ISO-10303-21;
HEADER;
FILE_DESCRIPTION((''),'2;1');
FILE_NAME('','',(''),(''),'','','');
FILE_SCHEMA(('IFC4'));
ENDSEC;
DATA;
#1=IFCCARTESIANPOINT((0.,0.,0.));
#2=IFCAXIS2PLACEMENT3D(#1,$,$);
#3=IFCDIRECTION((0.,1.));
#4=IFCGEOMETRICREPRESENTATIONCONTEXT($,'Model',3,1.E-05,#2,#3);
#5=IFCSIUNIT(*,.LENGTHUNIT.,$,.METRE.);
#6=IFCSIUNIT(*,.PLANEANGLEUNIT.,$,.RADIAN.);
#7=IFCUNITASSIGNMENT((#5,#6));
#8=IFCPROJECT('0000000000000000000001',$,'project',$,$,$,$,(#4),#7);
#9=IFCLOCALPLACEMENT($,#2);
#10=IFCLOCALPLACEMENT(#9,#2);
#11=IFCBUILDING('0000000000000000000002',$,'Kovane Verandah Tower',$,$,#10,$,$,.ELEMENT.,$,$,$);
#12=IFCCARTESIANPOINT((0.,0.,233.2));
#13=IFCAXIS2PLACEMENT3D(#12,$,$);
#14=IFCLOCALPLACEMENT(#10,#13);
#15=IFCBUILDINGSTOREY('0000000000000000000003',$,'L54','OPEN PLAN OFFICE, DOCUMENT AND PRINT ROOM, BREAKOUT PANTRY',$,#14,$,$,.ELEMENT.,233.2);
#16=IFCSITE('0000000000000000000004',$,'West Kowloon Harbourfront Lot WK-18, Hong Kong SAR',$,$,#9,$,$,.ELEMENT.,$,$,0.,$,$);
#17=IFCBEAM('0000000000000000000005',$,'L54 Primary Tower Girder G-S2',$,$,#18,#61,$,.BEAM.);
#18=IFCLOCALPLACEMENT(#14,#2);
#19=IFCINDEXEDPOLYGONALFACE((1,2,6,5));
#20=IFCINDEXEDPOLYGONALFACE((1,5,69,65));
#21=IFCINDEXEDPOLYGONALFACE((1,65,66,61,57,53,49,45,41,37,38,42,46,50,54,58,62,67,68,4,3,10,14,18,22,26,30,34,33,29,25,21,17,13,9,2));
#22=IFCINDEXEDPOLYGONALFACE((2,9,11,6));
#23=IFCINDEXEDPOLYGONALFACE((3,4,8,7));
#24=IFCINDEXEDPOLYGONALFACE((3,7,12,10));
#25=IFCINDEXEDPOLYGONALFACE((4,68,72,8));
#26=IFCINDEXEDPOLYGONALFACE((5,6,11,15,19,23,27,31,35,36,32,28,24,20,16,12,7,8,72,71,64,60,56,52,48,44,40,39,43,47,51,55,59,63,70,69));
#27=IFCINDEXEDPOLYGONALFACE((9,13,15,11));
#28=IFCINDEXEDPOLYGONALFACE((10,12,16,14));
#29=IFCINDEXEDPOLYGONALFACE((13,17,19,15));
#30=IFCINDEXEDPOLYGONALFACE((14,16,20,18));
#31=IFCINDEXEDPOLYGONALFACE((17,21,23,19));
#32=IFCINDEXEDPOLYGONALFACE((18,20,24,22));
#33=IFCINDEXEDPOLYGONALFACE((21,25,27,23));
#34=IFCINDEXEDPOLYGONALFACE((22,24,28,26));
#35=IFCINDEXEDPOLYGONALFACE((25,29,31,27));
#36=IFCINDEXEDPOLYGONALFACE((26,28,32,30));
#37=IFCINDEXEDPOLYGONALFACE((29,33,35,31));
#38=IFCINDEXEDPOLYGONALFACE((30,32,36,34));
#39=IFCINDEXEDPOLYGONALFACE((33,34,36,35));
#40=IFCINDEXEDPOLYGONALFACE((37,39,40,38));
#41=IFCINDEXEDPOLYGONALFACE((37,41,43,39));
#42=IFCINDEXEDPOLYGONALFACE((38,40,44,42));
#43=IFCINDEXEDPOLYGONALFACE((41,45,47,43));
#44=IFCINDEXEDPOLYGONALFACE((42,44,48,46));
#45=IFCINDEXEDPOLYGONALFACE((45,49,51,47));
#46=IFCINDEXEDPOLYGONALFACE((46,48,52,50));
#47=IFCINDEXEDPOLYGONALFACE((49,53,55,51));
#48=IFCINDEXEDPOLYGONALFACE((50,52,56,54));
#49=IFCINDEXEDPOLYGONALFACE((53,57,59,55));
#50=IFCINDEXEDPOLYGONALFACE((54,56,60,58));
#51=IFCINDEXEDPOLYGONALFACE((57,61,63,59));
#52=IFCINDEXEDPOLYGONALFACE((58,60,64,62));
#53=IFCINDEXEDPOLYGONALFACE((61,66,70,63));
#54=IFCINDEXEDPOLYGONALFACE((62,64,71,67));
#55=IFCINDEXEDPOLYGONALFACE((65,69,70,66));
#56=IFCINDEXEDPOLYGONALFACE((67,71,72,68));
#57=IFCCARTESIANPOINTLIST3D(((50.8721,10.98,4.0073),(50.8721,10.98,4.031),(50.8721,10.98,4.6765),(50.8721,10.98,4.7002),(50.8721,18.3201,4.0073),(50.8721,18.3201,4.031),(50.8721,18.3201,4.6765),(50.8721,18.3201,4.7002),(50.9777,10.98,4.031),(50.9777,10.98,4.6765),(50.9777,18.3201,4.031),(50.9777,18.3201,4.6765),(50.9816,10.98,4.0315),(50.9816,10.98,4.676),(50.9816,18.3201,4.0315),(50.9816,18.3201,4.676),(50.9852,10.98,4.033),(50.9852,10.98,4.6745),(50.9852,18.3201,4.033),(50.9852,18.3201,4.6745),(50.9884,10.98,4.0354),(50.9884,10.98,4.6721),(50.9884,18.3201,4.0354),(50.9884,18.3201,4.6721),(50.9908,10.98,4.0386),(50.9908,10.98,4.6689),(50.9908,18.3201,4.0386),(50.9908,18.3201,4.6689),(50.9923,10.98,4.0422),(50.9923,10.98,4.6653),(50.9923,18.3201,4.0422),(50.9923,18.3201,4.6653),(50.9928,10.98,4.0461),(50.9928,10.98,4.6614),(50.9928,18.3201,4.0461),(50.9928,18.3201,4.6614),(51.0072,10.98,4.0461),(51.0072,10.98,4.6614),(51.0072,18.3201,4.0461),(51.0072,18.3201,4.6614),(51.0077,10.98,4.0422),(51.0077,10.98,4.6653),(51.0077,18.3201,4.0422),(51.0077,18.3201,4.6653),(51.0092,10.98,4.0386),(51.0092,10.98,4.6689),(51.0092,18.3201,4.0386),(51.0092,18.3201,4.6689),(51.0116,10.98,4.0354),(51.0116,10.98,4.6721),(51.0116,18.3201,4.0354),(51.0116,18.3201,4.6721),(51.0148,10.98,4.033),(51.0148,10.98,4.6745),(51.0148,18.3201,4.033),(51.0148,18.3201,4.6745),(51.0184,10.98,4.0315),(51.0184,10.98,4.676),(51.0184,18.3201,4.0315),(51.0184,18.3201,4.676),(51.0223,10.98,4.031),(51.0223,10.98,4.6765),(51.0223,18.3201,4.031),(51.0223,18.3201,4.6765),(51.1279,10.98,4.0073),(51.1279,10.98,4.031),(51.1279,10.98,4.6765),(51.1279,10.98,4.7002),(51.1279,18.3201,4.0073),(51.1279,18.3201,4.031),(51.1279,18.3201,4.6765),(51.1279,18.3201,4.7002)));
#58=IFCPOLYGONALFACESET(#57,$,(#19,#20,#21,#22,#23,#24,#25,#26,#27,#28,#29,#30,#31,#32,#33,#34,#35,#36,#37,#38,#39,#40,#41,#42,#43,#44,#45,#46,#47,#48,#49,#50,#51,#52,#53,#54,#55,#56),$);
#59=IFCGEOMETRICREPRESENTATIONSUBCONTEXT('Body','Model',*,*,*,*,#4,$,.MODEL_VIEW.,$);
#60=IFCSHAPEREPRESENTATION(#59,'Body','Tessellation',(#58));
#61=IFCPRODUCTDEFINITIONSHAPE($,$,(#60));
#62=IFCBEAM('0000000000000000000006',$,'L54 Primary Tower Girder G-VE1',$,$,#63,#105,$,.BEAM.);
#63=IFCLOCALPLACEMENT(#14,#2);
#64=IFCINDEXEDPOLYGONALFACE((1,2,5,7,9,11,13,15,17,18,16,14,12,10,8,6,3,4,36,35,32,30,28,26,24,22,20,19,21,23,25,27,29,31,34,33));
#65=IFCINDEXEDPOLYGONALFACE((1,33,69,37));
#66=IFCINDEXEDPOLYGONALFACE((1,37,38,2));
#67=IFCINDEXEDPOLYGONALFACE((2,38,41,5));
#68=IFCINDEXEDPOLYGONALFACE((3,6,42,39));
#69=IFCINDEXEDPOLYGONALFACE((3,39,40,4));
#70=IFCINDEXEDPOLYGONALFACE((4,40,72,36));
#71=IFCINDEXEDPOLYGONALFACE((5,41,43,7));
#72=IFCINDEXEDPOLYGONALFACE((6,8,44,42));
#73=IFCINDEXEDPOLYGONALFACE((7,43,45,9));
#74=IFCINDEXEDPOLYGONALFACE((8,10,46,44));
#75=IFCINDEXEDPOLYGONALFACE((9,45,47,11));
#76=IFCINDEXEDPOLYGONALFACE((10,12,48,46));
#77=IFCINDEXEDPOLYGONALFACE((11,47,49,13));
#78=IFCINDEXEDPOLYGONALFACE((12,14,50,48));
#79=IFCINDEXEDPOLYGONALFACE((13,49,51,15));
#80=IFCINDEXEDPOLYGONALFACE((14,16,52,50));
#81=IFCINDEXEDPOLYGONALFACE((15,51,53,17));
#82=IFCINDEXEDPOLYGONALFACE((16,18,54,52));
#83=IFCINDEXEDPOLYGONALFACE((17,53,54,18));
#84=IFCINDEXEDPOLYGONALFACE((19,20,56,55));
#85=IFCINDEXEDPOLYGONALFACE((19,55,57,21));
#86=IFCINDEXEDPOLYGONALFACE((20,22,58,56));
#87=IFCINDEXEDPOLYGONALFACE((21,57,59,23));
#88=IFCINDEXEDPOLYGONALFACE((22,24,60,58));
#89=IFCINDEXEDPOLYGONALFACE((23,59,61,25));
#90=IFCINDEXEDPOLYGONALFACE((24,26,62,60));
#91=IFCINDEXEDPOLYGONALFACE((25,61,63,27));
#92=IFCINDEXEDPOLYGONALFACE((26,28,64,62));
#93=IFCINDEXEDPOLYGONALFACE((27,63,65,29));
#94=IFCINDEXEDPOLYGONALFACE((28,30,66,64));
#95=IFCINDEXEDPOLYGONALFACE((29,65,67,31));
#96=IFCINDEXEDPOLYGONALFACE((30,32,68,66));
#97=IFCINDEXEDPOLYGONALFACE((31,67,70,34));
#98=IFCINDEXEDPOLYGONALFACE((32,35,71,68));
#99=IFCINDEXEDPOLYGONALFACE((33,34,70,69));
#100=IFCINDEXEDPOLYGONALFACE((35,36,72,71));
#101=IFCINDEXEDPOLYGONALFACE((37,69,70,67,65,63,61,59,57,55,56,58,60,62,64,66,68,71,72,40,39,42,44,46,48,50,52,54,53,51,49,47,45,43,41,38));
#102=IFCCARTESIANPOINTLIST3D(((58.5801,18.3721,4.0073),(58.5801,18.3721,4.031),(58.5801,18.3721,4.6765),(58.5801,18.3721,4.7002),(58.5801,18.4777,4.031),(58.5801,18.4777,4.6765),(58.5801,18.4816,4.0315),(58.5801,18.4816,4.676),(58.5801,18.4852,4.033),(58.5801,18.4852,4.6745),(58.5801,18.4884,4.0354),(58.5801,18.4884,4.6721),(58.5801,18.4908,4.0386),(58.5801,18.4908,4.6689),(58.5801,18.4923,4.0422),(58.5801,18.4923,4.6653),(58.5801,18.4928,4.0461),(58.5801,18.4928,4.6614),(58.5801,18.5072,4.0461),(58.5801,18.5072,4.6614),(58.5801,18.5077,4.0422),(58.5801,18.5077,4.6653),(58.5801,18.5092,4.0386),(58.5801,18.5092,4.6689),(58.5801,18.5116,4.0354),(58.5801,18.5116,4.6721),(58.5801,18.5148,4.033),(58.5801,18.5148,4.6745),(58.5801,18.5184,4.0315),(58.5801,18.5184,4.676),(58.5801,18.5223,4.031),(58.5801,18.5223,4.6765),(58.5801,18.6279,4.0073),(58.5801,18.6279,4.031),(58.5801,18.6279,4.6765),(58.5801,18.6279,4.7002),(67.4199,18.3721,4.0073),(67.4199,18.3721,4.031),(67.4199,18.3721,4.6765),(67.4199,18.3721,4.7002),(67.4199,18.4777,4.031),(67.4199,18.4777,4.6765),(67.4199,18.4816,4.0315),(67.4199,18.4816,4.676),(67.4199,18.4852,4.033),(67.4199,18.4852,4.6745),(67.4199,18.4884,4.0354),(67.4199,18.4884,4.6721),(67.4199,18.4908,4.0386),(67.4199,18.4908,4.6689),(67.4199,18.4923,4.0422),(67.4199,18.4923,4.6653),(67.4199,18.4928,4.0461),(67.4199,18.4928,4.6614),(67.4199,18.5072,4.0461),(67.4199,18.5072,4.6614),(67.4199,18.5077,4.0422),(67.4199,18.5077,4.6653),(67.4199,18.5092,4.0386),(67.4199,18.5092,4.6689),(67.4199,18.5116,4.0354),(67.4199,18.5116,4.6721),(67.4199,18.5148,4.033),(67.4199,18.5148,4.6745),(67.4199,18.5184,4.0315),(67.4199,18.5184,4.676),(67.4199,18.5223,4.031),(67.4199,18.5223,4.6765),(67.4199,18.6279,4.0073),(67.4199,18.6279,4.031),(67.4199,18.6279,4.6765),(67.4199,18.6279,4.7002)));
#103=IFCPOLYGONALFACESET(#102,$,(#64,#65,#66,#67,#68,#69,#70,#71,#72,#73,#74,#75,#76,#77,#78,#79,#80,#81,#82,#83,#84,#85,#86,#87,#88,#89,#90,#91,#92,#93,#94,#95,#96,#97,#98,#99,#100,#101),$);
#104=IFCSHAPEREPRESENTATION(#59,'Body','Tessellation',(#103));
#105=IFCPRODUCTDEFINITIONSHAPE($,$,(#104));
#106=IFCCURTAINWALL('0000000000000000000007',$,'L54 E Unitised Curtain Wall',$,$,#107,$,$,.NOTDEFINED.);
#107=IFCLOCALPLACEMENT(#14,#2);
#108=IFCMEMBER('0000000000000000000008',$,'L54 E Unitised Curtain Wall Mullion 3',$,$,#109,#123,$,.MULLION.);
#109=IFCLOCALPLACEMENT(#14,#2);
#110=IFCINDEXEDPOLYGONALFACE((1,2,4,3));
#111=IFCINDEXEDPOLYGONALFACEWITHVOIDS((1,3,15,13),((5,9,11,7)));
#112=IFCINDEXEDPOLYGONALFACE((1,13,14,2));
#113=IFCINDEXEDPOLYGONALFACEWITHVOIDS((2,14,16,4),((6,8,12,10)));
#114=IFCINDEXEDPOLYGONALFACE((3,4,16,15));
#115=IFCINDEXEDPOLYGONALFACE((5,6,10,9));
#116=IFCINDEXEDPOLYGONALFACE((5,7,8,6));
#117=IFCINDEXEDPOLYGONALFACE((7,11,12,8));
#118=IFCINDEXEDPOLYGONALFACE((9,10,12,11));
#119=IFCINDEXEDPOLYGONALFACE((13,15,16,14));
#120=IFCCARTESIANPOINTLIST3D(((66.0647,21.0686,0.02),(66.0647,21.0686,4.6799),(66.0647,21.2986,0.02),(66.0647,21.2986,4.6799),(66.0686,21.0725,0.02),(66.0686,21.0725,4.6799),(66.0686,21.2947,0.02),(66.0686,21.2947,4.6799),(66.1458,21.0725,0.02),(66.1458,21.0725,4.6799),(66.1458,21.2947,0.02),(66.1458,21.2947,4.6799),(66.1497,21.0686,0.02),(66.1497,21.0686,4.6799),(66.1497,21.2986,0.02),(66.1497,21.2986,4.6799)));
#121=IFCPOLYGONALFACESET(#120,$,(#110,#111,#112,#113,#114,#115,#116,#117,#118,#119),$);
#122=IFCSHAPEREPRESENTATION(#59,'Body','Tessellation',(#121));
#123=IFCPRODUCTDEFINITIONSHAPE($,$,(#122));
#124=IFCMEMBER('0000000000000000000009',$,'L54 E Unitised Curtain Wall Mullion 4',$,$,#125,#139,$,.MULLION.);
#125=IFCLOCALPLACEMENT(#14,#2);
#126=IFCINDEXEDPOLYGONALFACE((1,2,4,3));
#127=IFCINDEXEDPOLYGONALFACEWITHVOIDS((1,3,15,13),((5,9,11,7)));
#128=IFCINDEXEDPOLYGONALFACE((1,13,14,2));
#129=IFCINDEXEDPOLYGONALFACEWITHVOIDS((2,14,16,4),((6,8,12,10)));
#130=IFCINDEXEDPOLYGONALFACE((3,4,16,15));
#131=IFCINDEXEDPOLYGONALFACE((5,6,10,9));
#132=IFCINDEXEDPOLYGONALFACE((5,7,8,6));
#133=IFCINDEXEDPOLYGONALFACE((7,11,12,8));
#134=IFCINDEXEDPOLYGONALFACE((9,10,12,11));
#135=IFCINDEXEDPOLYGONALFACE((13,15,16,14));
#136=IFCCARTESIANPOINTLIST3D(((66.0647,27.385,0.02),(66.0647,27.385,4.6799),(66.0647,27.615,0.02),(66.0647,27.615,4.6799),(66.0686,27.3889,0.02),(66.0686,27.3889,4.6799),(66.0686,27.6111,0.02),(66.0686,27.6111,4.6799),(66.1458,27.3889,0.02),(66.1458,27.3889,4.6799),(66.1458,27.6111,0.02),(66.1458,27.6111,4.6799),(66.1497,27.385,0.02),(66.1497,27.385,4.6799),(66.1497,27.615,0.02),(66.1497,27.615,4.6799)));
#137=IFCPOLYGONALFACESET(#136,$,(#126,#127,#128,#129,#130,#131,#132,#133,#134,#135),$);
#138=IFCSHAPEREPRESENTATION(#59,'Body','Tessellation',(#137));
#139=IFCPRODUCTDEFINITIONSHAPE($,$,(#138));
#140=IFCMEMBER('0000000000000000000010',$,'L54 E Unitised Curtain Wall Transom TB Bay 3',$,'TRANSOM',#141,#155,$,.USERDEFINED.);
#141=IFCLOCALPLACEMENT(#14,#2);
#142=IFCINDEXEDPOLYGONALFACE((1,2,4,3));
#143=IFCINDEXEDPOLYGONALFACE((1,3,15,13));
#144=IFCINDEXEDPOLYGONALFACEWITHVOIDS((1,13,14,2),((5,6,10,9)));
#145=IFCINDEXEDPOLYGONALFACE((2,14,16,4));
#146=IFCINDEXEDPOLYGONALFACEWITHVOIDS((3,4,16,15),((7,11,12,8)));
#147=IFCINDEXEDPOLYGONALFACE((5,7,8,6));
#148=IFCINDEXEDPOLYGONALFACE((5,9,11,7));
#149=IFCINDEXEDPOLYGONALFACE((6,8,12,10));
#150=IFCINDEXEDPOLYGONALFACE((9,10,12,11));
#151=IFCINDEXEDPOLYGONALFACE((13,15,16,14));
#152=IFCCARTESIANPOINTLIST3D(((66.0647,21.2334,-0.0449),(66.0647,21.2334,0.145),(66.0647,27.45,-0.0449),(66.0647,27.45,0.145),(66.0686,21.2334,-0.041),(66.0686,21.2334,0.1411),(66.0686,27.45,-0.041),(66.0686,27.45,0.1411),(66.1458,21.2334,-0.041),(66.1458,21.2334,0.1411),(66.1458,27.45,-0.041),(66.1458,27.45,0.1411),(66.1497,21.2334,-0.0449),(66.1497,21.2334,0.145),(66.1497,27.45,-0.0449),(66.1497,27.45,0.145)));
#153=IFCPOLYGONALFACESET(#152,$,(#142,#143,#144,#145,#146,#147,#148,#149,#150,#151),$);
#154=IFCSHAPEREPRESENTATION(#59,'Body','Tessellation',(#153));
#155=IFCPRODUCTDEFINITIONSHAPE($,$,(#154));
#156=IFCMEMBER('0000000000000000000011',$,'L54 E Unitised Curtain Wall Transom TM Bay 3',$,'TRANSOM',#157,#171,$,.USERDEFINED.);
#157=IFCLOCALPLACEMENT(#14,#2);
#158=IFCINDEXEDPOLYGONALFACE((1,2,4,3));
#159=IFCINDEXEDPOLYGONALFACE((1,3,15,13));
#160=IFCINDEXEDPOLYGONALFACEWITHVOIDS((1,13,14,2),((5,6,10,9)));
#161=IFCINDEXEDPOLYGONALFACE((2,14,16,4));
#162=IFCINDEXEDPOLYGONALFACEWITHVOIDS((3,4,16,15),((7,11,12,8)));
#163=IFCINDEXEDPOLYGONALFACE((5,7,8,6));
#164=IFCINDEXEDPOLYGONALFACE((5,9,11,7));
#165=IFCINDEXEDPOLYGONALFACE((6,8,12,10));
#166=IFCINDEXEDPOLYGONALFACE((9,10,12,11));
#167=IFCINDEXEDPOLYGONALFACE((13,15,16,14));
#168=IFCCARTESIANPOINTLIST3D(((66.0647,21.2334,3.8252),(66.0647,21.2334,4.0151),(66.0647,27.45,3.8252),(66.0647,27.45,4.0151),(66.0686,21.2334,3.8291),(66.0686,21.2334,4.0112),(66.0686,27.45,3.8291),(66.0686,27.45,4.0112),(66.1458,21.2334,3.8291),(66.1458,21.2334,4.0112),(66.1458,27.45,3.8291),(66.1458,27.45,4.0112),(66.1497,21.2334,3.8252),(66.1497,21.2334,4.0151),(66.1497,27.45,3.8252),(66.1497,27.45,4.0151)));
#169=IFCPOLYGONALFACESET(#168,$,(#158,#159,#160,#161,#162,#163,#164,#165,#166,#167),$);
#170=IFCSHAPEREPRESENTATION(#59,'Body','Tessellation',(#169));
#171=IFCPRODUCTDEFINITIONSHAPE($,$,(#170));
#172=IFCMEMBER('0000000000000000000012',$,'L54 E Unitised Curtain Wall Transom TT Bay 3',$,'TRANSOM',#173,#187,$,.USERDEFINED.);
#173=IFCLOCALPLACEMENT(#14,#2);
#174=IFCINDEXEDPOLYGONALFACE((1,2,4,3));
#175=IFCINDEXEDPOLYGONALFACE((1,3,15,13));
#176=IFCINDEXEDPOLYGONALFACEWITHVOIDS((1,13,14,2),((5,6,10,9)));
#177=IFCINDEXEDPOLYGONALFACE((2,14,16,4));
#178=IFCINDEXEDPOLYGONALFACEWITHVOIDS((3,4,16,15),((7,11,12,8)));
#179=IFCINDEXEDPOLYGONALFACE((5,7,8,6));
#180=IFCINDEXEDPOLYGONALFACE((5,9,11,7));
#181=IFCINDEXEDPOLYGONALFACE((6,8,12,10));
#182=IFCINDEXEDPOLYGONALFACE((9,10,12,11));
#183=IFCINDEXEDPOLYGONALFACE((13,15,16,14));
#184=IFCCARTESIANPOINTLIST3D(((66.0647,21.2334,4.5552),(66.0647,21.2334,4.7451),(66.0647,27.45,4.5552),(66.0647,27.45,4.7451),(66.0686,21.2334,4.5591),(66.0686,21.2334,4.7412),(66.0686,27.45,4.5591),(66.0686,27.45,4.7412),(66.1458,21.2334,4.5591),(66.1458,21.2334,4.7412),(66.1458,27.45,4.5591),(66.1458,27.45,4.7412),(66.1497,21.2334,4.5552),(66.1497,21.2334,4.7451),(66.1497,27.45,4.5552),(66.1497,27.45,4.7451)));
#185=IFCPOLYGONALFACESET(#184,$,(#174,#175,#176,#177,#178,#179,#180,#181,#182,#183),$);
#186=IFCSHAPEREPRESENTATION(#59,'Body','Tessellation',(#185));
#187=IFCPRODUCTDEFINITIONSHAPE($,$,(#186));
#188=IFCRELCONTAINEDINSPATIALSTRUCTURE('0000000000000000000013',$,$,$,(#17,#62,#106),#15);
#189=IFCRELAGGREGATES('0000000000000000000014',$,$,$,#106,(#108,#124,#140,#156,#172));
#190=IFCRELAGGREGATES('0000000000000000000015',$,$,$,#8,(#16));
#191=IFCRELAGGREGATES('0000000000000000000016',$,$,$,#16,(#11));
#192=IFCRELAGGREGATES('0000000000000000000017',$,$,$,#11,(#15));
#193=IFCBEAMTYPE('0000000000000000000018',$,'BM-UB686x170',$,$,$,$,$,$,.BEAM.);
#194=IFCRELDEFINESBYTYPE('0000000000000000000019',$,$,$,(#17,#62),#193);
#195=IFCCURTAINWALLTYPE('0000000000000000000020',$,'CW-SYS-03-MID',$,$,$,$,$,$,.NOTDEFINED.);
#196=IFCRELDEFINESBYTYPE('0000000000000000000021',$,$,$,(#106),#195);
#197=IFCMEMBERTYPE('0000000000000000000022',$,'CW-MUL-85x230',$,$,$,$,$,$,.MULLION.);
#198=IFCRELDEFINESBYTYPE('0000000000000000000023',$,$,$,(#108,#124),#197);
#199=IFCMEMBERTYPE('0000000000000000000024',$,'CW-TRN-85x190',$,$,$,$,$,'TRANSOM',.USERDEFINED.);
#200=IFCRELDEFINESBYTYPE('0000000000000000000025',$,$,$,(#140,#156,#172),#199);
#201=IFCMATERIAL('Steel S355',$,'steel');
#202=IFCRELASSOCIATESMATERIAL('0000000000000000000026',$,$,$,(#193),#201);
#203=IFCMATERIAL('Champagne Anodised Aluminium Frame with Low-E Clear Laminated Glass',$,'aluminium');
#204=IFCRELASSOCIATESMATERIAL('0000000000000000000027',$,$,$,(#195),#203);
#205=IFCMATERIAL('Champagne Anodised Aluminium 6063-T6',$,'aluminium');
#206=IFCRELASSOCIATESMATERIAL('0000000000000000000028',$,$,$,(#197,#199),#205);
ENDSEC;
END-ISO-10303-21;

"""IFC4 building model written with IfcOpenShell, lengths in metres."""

from ifc_helpers import new_model, si_unit, direction, frame, origin, origin_2d, place, context, subcontext, project, spatial, hollow_rectangle, i_section, extrude, material, material_profile, profile_set, type_object, element, aggregate, save


model = new_model("IFC4")

# Units and contexts
model_context = context("Model", 3, precision=1e-05, world=origin(), true_north=direction((0.0, 1.0)))
body_context = subcontext(model_context, "Body", "Model", "MODEL_VIEW")
ifc_project = project(units=[si_unit("LENGTHUNIT", "METRE"), si_unit("PLANEANGLEUNIT", "RADIAN")], contexts=[model_context])

# Site, building, storey
site_placement = place(None, origin())
site = spatial("IfcSite", under=ifc_project, at=site_placement, Name="West Kowloon Harbourfront Lot WK-18, Hong Kong SAR", CompositionType="ELEMENT", RefElevation=0.0)
building_placement = place(site_placement, origin())
building = spatial("IfcBuilding", under=site, at=building_placement, Name="Kovane Verandah Tower", CompositionType="ELEMENT")
storey_placement = place(building_placement, frame((0.0, 0.0, 233.2)))
storey = spatial("IfcBuildingStorey", under=building, at=storey_placement, Name="L54", Description="OPEN PLAN OFFICE, DOCUMENT AND PRINT ROOM, BREAKOUT PANTRY", CompositionType="ELEMENT", Elevation=233.2)

# Beams
ifc_material_1 = material(Name="Steel S355", Category="steel")
ifc_material_profile_1 = material_profile(ifc_material_1, i_section(OverallWidth=0.2559, OverallDepth=0.6929, WebThickness=0.0144, FlangeThickness=0.0237, FilletRadius=0.0151, at=origin_2d()), Name="UB686x254x170")
ifc_profile_set_1 = profile_set([ifc_material_profile_1], Name="Steel S355")
beam_type_1 = type_object("IfcBeamType", Name="BM-UB686x170", PredefinedType="BEAM", material=ifc_profile_set_1)
beam_1_placement = place(storey_placement, frame((51.0, 18.3201, 4.3538), z_axis=(0.0, -1.0, 0.0), x_axis=(1.0, 0.0, 0.0)))
element("IfcBeam", 1, at=beam_1_placement, inside=storey, type_object=beam_type_1, Name="L54 Primary Tower Girder G-S2", PredefinedType="BEAM", context=body_context, shape_type="SweptSolid", body=[
    extrude(i_section(OverallWidth=0.2559, OverallDepth=0.6929, WebThickness=0.0144, FlangeThickness=0.0237, FilletRadius=0.0151, at=origin_2d()), origin(), (0.0, 0.0, 1.0), 7.3401),
])
beam_2_placement = place(storey_placement, frame((58.5801, 18.5, 4.3538), z_axis=(1.0, 0.0, 0.0), x_axis=(0.0, 1.0, 0.0)))
element("IfcBeam", 2, at=beam_2_placement, inside=storey, type_object=beam_type_1, Name="L54 Primary Tower Girder G-VE1", PredefinedType="BEAM", context=body_context, shape_type="SweptSolid", body=[
    extrude(i_section(OverallWidth=0.2559, OverallDepth=0.6929, WebThickness=0.0144, FlangeThickness=0.0237, FilletRadius=0.0151, at=origin_2d()), origin(), (0.0, 0.0, 1.0), 8.8398),
])

# Curtain wall, members
ifc_material_2 = material(Name="Champagne Anodised Aluminium Frame with Low-E Clear Laminated Glass", Category="aluminium")
curtain_wall_type = type_object("IfcCurtainWallType", Name="CW-SYS-03-MID", PredefinedType="NOTDEFINED", material=ifc_material_2)
curtain_wall_placement = place(storey_placement, origin())
curtain_wall = element("IfcCurtainWall", 3, at=curtain_wall_placement, inside=storey, type_object=curtain_wall_type, Name="L54 E Unitised Curtain Wall", PredefinedType="NOTDEFINED")
ifc_material_3 = material(Name="Champagne Anodised Aluminium 6063-T6", Category="aluminium")
ifc_material_profile_2 = material_profile(ifc_material_3, hollow_rectangle(XDim=0.085, YDim=0.23, WallThickness=0.0039, at=origin_2d()), Name="AL85x230x4")
ifc_profile_set_2 = profile_set([ifc_material_profile_2], Name="Champagne Anodised Aluminium 6063-T6")
member_type_1 = type_object("IfcMemberType", Name="CW-MUL-85x230", PredefinedType="MULLION", material=ifc_profile_set_2)
member_1_placement = place(storey_placement, frame((66.1072, 21.1836, 0.02), z_axis=(0.0, 0.0, 1.0), x_axis=(1.0, 0.0, 0.0)))
member_1 = element("IfcMember", 4, at=member_1_placement, type_object=member_type_1, Name="L54 E Unitised Curtain Wall Mullion 3", PredefinedType="MULLION", context=body_context, shape_type="SweptSolid", body=[
    extrude(hollow_rectangle(XDim=0.085, YDim=0.23, WallThickness=0.0039, at=origin_2d()), origin(), (0.0, 0.0, 1.0), 4.6599),
])
member_2_placement = place(storey_placement, frame((66.1072, 27.5, 0.02), z_axis=(0.0, 0.0, 1.0), x_axis=(1.0, 0.0, 0.0)))
member_2 = element("IfcMember", 5, at=member_2_placement, type_object=member_type_1, Name="L54 E Unitised Curtain Wall Mullion 4", PredefinedType="MULLION", context=body_context, shape_type="SweptSolid", body=[
    extrude(hollow_rectangle(XDim=0.085, YDim=0.23, WallThickness=0.0039, at=origin_2d()), origin(), (0.0, 0.0, 1.0), 4.6599),
])
ifc_material_profile_3 = material_profile(ifc_material_3, hollow_rectangle(XDim=0.085, YDim=0.1899, WallThickness=0.0039, at=origin_2d()), Name="AL85x190x4")
ifc_profile_set_3 = profile_set([ifc_material_profile_3], Name="Champagne Anodised Aluminium 6063-T6")
member_type_2 = type_object("IfcMemberType", Name="CW-TRN-85x190", ElementType="TRANSOM", PredefinedType="USERDEFINED", material=ifc_profile_set_3)
member_3_placement = place(storey_placement, frame((66.1072, 21.2334, 0.05), z_axis=(0.0, 1.0, 0.0), x_axis=(-1.0, 0.0, 0.0)))
member_3 = element("IfcMember", 6, at=member_3_placement, type_object=member_type_2, Name="L54 E Unitised Curtain Wall Transom TB Bay 3", ObjectType="TRANSOM", PredefinedType="USERDEFINED", context=body_context, shape_type="SweptSolid", body=[
    extrude(hollow_rectangle(XDim=0.085, YDim=0.1899, WallThickness=0.0039, at=origin_2d()), origin(), (0.0, 0.0, 1.0), 6.2166),
])
member_4_placement = place(storey_placement, frame((66.1072, 21.2334, 3.9202), z_axis=(0.0, 1.0, 0.0), x_axis=(-1.0, 0.0, 0.0)))
member_4 = element("IfcMember", 7, at=member_4_placement, type_object=member_type_2, Name="L54 E Unitised Curtain Wall Transom TM Bay 3", ObjectType="TRANSOM", PredefinedType="USERDEFINED", context=body_context, shape_type="SweptSolid", body=[
    extrude(hollow_rectangle(XDim=0.085, YDim=0.1899, WallThickness=0.0039, at=origin_2d()), origin(), (0.0, 0.0, 1.0), 6.2166),
])
member_5_placement = place(storey_placement, frame((66.1072, 21.2334, 4.6501), z_axis=(0.0, 1.0, 0.0), x_axis=(-1.0, 0.0, 0.0)))
member_5 = element("IfcMember", 8, at=member_5_placement, type_object=member_type_2, Name="L54 E Unitised Curtain Wall Transom TT Bay 3", ObjectType="TRANSOM", PredefinedType="USERDEFINED", context=body_context, shape_type="SweptSolid", body=[
    extrude(hollow_rectangle(XDim=0.085, YDim=0.1899, WallThickness=0.0039, at=origin_2d()), origin(), (0.0, 0.0, 1.0), 6.2166),
])

aggregate(curtain_wall, [member_1, member_2, member_3, member_4, member_5])

save(model, "model.ifc")
